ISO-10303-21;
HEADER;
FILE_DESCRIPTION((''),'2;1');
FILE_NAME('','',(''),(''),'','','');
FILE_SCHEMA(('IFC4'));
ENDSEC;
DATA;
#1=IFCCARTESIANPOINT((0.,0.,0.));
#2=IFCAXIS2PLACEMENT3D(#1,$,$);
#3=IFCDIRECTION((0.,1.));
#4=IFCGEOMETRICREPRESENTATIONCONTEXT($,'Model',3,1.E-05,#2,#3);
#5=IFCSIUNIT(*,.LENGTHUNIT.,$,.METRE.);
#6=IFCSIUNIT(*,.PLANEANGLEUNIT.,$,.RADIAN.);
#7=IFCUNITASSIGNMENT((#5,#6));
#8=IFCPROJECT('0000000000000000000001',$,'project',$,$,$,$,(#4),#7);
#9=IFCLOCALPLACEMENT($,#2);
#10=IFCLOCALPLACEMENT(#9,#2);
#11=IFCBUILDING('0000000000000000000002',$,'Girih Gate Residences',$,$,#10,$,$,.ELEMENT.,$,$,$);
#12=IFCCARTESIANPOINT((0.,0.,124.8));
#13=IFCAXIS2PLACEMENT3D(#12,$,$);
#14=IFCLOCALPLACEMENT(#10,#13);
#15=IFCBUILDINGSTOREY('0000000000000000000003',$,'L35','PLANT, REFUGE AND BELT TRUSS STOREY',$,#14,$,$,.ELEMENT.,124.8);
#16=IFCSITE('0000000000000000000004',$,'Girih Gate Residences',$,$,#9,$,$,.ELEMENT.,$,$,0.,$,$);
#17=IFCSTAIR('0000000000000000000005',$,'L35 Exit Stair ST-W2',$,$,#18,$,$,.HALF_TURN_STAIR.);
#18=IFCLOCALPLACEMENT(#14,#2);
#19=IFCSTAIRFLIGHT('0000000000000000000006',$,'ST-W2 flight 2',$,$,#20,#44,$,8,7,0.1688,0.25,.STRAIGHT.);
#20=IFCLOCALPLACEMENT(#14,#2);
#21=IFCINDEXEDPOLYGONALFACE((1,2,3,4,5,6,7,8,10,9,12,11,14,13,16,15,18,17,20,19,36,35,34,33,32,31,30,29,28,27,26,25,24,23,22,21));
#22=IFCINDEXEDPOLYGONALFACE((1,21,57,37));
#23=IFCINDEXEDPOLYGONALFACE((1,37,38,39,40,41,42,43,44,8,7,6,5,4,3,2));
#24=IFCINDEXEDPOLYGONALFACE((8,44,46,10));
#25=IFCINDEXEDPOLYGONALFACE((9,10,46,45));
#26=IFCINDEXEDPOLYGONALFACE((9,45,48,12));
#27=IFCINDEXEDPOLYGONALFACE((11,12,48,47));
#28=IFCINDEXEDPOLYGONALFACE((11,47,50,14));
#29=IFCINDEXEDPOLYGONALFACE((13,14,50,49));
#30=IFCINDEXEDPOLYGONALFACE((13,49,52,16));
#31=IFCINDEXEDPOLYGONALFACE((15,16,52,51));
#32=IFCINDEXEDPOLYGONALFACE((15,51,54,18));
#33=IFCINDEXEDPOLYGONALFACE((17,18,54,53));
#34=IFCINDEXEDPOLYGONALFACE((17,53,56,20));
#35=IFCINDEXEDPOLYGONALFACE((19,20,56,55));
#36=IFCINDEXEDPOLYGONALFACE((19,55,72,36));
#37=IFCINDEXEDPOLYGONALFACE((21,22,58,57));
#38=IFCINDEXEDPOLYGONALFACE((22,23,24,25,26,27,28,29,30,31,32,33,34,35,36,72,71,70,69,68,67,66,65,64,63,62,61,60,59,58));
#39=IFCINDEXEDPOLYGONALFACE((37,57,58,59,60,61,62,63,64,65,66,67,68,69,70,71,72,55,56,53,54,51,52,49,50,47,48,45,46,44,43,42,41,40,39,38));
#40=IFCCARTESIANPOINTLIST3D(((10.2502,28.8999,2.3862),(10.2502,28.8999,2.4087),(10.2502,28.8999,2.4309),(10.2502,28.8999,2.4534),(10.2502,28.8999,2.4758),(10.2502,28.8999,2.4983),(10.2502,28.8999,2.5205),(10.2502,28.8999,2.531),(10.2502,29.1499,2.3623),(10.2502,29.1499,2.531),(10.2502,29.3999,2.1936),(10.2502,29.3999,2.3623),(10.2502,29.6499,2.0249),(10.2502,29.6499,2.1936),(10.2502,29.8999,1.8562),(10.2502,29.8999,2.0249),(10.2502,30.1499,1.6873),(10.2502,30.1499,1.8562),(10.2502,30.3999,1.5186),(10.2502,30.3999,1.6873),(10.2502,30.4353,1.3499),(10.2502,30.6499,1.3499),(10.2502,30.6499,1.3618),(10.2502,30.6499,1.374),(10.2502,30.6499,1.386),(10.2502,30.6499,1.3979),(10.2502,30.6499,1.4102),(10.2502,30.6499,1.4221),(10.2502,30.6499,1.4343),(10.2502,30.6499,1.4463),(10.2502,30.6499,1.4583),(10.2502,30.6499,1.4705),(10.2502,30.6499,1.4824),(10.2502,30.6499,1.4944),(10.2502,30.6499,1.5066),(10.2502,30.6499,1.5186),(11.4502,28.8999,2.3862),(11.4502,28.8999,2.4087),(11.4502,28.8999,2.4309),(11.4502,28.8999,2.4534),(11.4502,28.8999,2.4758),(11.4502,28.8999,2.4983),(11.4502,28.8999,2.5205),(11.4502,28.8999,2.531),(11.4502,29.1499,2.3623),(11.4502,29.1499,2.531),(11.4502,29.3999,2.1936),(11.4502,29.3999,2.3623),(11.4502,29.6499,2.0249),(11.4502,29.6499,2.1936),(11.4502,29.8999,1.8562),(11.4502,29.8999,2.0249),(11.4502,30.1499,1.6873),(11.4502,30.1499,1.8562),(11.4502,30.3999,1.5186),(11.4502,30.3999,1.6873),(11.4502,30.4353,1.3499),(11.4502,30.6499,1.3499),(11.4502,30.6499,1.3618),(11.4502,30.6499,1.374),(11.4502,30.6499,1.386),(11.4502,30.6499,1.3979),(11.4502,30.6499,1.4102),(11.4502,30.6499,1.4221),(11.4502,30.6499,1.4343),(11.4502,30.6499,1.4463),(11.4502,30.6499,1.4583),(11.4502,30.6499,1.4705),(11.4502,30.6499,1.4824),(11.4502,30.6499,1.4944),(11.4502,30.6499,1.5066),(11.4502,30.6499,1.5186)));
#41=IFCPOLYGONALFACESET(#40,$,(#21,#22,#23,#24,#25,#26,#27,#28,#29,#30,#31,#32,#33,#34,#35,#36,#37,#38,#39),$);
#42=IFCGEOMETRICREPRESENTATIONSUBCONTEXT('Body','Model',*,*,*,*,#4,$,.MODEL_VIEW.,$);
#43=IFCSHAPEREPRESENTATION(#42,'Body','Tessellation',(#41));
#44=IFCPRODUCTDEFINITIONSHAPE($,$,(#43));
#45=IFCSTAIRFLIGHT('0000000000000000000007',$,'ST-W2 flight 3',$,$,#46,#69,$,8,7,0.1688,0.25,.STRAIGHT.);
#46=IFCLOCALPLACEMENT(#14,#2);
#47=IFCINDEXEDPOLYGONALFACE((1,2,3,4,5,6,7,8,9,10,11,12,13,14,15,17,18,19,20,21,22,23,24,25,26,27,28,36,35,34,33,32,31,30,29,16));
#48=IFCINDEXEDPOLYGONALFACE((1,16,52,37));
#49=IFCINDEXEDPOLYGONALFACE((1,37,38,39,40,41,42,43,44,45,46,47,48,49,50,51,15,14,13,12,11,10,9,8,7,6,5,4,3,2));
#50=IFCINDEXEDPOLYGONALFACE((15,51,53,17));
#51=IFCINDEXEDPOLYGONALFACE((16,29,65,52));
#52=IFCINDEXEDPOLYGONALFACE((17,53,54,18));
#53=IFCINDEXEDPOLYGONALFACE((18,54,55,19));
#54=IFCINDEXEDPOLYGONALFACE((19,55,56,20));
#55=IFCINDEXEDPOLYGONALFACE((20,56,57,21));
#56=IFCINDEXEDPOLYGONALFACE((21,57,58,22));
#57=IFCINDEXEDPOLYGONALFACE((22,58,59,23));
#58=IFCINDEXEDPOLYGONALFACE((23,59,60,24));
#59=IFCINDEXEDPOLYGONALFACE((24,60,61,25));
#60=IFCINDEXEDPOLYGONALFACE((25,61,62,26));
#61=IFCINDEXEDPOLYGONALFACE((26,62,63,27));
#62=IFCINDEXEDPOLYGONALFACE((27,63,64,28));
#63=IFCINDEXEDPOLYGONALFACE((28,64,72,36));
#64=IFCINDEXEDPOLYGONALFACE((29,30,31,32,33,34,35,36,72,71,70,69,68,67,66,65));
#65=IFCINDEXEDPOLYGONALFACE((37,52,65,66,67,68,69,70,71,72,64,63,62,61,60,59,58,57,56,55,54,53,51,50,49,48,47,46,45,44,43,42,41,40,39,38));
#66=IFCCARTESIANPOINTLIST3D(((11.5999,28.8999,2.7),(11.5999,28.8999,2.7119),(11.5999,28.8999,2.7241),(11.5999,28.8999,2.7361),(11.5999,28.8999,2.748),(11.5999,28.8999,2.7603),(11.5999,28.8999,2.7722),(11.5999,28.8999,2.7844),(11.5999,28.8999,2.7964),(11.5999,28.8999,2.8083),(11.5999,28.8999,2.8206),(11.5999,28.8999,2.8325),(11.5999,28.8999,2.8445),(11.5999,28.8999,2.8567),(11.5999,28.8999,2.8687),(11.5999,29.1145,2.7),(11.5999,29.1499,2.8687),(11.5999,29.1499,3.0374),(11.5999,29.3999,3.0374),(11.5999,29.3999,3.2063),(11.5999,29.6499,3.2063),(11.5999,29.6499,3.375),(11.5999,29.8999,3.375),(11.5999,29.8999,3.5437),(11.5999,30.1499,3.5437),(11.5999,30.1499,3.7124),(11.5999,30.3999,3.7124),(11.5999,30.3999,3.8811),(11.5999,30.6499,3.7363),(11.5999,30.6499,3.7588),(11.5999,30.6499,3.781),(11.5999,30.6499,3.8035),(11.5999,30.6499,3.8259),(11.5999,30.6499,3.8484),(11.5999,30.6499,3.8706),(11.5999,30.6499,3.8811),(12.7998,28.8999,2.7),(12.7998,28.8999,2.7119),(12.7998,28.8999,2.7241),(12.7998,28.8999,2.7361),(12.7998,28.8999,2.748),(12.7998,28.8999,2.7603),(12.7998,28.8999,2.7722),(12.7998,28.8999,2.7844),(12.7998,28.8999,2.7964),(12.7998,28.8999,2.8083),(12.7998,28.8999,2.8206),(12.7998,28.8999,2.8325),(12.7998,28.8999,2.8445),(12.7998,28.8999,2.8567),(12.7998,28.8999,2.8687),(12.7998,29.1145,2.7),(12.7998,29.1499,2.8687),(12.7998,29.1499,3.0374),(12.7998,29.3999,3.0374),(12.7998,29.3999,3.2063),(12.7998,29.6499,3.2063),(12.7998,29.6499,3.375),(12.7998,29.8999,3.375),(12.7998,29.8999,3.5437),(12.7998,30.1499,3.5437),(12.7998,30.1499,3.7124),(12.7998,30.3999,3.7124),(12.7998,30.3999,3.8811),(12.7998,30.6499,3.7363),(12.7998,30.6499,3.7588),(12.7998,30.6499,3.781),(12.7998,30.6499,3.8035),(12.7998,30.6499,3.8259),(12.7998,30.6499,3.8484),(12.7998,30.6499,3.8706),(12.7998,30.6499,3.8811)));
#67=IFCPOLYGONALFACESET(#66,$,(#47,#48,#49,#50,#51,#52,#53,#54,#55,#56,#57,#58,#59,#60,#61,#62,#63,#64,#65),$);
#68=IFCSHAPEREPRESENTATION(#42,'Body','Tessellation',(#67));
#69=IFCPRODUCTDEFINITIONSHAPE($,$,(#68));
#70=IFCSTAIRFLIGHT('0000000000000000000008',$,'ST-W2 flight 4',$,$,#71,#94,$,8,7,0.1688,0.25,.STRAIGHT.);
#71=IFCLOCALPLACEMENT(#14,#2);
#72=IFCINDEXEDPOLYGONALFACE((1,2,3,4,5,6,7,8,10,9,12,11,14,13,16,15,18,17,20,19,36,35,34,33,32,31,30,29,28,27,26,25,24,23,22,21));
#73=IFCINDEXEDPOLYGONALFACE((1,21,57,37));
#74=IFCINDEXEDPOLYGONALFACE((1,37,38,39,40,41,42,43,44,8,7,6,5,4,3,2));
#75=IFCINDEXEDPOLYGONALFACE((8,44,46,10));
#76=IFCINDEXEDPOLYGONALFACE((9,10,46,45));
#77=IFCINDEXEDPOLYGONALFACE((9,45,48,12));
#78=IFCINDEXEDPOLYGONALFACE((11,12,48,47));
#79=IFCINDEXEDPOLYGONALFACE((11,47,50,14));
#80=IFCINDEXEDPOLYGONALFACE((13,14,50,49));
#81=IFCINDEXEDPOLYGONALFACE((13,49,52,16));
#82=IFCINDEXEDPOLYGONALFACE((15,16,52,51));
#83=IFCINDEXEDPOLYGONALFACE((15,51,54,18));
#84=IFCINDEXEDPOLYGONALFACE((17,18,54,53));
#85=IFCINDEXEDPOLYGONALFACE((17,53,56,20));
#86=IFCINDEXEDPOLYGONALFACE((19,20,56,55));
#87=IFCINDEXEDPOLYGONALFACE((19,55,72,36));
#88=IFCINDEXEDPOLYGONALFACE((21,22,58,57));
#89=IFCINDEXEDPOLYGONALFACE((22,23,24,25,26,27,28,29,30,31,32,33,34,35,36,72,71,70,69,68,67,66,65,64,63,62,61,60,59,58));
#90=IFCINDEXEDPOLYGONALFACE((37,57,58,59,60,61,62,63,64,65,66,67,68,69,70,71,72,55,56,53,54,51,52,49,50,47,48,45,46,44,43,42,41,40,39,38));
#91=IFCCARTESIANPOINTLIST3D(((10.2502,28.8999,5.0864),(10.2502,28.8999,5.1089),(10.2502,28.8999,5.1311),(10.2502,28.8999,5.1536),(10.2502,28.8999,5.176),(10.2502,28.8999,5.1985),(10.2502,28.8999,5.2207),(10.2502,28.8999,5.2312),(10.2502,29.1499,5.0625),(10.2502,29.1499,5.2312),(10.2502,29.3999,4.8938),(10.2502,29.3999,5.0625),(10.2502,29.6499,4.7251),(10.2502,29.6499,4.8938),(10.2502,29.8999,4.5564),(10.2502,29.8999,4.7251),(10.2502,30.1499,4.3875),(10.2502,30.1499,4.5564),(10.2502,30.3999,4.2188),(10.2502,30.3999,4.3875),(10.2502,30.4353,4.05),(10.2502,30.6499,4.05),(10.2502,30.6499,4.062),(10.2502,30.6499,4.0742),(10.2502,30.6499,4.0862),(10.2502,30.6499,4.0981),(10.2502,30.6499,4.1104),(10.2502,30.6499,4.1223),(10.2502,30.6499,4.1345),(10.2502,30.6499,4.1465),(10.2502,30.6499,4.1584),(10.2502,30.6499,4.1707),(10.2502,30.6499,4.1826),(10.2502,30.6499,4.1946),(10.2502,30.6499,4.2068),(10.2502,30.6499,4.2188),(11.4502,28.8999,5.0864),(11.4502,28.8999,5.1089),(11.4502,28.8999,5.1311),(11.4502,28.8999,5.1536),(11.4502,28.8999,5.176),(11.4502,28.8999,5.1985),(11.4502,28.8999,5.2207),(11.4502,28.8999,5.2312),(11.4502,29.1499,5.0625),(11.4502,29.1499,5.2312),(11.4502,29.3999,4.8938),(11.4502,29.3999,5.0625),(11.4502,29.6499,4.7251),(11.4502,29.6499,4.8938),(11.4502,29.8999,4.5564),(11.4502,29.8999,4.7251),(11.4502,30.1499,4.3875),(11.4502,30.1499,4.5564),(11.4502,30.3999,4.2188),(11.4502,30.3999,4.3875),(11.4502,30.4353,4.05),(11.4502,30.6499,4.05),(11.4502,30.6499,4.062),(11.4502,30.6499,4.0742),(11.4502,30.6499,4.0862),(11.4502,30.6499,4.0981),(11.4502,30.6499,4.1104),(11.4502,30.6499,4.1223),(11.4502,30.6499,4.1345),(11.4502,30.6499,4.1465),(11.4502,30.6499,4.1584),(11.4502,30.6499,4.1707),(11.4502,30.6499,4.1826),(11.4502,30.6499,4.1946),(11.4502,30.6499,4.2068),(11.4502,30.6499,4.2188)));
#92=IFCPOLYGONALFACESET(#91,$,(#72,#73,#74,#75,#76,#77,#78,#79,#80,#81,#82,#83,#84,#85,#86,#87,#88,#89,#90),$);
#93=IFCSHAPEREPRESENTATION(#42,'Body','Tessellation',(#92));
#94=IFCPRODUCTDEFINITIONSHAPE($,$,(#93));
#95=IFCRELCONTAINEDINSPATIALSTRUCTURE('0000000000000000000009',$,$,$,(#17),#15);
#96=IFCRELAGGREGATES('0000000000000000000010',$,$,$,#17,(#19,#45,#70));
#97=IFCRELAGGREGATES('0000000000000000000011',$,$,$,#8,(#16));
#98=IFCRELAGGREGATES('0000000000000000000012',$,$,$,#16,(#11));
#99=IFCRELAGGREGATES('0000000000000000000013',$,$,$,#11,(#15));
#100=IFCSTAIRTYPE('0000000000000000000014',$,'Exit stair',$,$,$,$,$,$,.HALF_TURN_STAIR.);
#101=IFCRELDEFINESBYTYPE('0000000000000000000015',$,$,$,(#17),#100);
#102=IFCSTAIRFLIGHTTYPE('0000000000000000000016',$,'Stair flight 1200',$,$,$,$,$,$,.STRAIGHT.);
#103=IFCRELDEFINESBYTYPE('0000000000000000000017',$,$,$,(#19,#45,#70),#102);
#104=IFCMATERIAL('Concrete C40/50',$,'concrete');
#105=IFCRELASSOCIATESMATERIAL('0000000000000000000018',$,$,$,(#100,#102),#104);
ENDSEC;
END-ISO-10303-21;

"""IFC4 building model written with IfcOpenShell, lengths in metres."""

from ifc_helpers import new_model, si_unit, direction, frame, origin, place, context, subcontext, project, spatial, polyline, outline, extrude, material, type_object, element, aggregate, save


model = new_model("IFC4")

# Units and contexts
model_context = context("Model", 3, precision=1e-05, world=origin(), true_north=direction((0.0, 1.0)))
body_context = subcontext(model_context, "Body", "Model", "MODEL_VIEW")
ifc_project = project(units=[si_unit("LENGTHUNIT", "METRE"), si_unit("PLANEANGLEUNIT", "RADIAN")], contexts=[model_context])

# Site, building, storey
site_placement = place(None, origin())
site = spatial("IfcSite", under=ifc_project, at=site_placement, Name="Girih Gate Residences", CompositionType="ELEMENT", RefElevation=0.0)
building_placement = place(site_placement, origin())
building = spatial("IfcBuilding", under=site, at=building_placement, Name="Girih Gate Residences", CompositionType="ELEMENT")
storey_placement = place(building_placement, frame((0.0, 0.0, 124.8)))
storey = spatial("IfcBuildingStorey", under=building, at=storey_placement, Name="L35", Description="PLANT, REFUGE AND BELT TRUSS STOREY", CompositionType="ELEMENT", Elevation=124.8)

# Shared definitions
ifc_material_1 = material(Name="Concrete C40/50", Category="concrete")

# Stair, stair flights
stair_type = type_object("IfcStairType", Name="Exit stair", PredefinedType="HALF_TURN_STAIR", material=ifc_material_1)
stair_placement = place(storey_placement, origin())
stair = element("IfcStair", 1, at=stair_placement, inside=storey, type_object=stair_type, Name="L35 Exit Stair ST-W2", PredefinedType="HALF_TURN_STAIR")
stair_flight_type = type_object("IfcStairFlightType", Name="Stair flight 1200", PredefinedType="STRAIGHT", material=ifc_material_1)
stair_flight_1_placement = place(storey_placement, frame((10.8501, 30.6499, 1.3499), z_axis=(0.0, 0.0, 1.0), x_axis=(0.0, -1.0, 0.0)))
stair_flight_1 = element("IfcStairFlight", 2, at=stair_flight_1_placement, type_object=stair_flight_type, Name="ST-W2 flight 2", NumberOfRisers=8, NumberOfTreads=7, PredefinedType="STRAIGHT", RiserHeight=0.1688, TreadLength=0.25, context=body_context, shape_type="SweptSolid", body=[
    extrude(outline(polyline([(0.0, 0.0), (0.0, 0.012), (0.0, 0.0242), (0.0, 0.0361), (0.0, 0.0481), (0.0, 0.0603), (0.0, 0.0723), (0.0, 0.0845), (0.0, 0.0964), (0.0, 0.1084), (0.0, 0.1206), (0.0, 0.1326), (0.0, 0.1445), (0.0, 0.1567), (0.0, 0.1687), (0.25, 0.1687), (0.25, 0.3374), (0.5, 0.3374), (0.5, 0.5063), (0.75, 0.5063), (0.75, 0.675), (1.0, 0.675), (1.0, 0.8438), (1.25, 0.8438), (1.25, 1.0125), (1.5, 1.0125), (1.5, 1.1812), (1.75, 1.1812), (1.75, 1.1934), (1.75, 1.2053), (1.75, 1.2175), (1.75, 1.2295), (1.75, 1.2415), (1.75, 1.2537), (1.75, 1.2656), (1.75, 1.2776), (1.75, 1.2898), (1.75, 1.3018), (1.75, 1.3137), (1.75, 1.3259), (1.75, 1.3379), (1.75, 1.3501), (1.75, 1.3276), (1.75, 1.3052), (1.75, 1.2827), (1.75, 1.2605), (1.75, 1.238), (1.75, 1.2156), (1.75, 1.1931), (1.75, 1.1707), (1.75, 1.1484), (1.75, 1.126), (1.75, 1.1035), (1.75, 1.0811), (1.75, 1.0588), (1.75, 1.0364), (0.2146, 0.0), (0.0, 0.0)])), frame((0.0, 0.6001, 0.0), z_axis=(0.0, -1.0, 0.0), x_axis=(1.0, 0.0, 0.0)), (0.0, 0.0, 1.0), 1.2),
])
stair_flight_2_placement = place(storey_placement, frame((12.2, 28.8999, 2.7), z_axis=(0.0, 0.0, 1.0), x_axis=(0.0, 1.0, 0.0)))
stair_flight_2 = element("IfcStairFlight", 3, at=stair_flight_2_placement, type_object=stair_flight_type, Name="ST-W2 flight 3", NumberOfRisers=8, NumberOfTreads=7, PredefinedType="STRAIGHT", RiserHeight=0.1688, TreadLength=0.25, context=body_context, shape_type="SweptSolid", body=[
    extrude(outline(polyline([(0.0, 0.0), (0.0, 0.012), (0.0, 0.0242), (0.0, 0.0361), (0.0, 0.0481), (0.0, 0.0603), (0.0, 0.0723), (0.0, 0.0845), (0.0, 0.0964), (0.0, 0.1084), (0.0, 0.1206), (0.0, 0.1326), (0.0, 0.1445), (0.0, 0.1567), (0.0, 0.1687), (0.25, 0.1687), (0.25, 0.3374), (0.5, 0.3374), (0.5, 0.5063), (0.75, 0.5063), (0.75, 0.675), (1.0, 0.675), (1.0, 0.8438), (1.25, 0.8438), (1.25, 1.0125), (1.5, 1.0125), (1.5, 1.1812), (1.75, 1.1812), (1.75, 1.1934), (1.75, 1.2053), (1.75, 1.2175), (1.75, 1.2295), (1.75, 1.2415), (1.75, 1.2537), (1.75, 1.2656), (1.75, 1.2776), (1.75, 1.2898), (1.75, 1.3018), (1.75, 1.3137), (1.75, 1.3259), (1.75, 1.3379), (1.75, 1.3501), (1.75, 1.3276), (1.75, 1.3052), (1.75, 1.2827), (1.75, 1.2605), (1.75, 1.238), (1.75, 1.2156), (1.75, 1.1931), (1.75, 1.1707), (1.75, 1.1484), (1.75, 1.126), (1.75, 1.1035), (1.75, 1.0811), (1.75, 1.0588), (1.75, 1.0364), (0.2146, 0.0), (0.0, 0.0)])), frame((0.0, 0.6001, 0.0), z_axis=(0.0, -1.0, 0.0), x_axis=(1.0, 0.0, 0.0)), (0.0, 0.0, 1.0), 1.2),
])
stair_flight_3_placement = place(storey_placement, frame((10.8501, 30.6499, 4.05), z_axis=(0.0, 0.0, 1.0), x_axis=(0.0, -1.0, 0.0)))
stair_flight_3 = element("IfcStairFlight", 4, at=stair_flight_3_placement, type_object=stair_flight_type, Name="ST-W2 flight 4", NumberOfRisers=8, NumberOfTreads=7, PredefinedType="STRAIGHT", RiserHeight=0.1688, TreadLength=0.25, context=body_context, shape_type="SweptSolid", body=[
    extrude(outline(polyline([(0.0, 0.0), (0.0, 0.012), (0.0, 0.0242), (0.0, 0.0361), (0.0, 0.0481), (0.0, 0.0603), (0.0, 0.0723), (0.0, 0.0845), (0.0, 0.0964), (0.0, 0.1084), (0.0, 0.1206), (0.0, 0.1326), (0.0, 0.1445), (0.0, 0.1567), (0.0, 0.1687), (0.25, 0.1687), (0.25, 0.3374), (0.5, 0.3374), (0.5, 0.5063), (0.75, 0.5063), (0.75, 0.675), (1.0, 0.675), (1.0, 0.8438), (1.25, 0.8438), (1.25, 1.0125), (1.5, 1.0125), (1.5, 1.1812), (1.75, 1.1812), (1.75, 1.1934), (1.75, 1.2053), (1.75, 1.2175), (1.75, 1.2295), (1.75, 1.2415), (1.75, 1.2537), (1.75, 1.2656), (1.75, 1.2776), (1.75, 1.2898), (1.75, 1.3018), (1.75, 1.3137), (1.75, 1.3259), (1.75, 1.3379), (1.75, 1.3501), (1.75, 1.3276), (1.75, 1.3052), (1.75, 1.2827), (1.75, 1.2605), (1.75, 1.238), (1.75, 1.2156), (1.75, 1.1931), (1.75, 1.1707), (1.75, 1.1484), (1.75, 1.126), (1.75, 1.1035), (1.75, 1.0811), (1.75, 1.0588), (1.75, 1.0364), (0.2146, 0.0), (0.0, 0.0)])), frame((0.0, 0.6001, 0.0), z_axis=(0.0, -1.0, 0.0), x_axis=(1.0, 0.0, 0.0)), (0.0, 0.0, 1.0), 1.2),
])
aggregate(stair, [stair_flight_1, stair_flight_2, stair_flight_3])

save(model, "model.ifc")
